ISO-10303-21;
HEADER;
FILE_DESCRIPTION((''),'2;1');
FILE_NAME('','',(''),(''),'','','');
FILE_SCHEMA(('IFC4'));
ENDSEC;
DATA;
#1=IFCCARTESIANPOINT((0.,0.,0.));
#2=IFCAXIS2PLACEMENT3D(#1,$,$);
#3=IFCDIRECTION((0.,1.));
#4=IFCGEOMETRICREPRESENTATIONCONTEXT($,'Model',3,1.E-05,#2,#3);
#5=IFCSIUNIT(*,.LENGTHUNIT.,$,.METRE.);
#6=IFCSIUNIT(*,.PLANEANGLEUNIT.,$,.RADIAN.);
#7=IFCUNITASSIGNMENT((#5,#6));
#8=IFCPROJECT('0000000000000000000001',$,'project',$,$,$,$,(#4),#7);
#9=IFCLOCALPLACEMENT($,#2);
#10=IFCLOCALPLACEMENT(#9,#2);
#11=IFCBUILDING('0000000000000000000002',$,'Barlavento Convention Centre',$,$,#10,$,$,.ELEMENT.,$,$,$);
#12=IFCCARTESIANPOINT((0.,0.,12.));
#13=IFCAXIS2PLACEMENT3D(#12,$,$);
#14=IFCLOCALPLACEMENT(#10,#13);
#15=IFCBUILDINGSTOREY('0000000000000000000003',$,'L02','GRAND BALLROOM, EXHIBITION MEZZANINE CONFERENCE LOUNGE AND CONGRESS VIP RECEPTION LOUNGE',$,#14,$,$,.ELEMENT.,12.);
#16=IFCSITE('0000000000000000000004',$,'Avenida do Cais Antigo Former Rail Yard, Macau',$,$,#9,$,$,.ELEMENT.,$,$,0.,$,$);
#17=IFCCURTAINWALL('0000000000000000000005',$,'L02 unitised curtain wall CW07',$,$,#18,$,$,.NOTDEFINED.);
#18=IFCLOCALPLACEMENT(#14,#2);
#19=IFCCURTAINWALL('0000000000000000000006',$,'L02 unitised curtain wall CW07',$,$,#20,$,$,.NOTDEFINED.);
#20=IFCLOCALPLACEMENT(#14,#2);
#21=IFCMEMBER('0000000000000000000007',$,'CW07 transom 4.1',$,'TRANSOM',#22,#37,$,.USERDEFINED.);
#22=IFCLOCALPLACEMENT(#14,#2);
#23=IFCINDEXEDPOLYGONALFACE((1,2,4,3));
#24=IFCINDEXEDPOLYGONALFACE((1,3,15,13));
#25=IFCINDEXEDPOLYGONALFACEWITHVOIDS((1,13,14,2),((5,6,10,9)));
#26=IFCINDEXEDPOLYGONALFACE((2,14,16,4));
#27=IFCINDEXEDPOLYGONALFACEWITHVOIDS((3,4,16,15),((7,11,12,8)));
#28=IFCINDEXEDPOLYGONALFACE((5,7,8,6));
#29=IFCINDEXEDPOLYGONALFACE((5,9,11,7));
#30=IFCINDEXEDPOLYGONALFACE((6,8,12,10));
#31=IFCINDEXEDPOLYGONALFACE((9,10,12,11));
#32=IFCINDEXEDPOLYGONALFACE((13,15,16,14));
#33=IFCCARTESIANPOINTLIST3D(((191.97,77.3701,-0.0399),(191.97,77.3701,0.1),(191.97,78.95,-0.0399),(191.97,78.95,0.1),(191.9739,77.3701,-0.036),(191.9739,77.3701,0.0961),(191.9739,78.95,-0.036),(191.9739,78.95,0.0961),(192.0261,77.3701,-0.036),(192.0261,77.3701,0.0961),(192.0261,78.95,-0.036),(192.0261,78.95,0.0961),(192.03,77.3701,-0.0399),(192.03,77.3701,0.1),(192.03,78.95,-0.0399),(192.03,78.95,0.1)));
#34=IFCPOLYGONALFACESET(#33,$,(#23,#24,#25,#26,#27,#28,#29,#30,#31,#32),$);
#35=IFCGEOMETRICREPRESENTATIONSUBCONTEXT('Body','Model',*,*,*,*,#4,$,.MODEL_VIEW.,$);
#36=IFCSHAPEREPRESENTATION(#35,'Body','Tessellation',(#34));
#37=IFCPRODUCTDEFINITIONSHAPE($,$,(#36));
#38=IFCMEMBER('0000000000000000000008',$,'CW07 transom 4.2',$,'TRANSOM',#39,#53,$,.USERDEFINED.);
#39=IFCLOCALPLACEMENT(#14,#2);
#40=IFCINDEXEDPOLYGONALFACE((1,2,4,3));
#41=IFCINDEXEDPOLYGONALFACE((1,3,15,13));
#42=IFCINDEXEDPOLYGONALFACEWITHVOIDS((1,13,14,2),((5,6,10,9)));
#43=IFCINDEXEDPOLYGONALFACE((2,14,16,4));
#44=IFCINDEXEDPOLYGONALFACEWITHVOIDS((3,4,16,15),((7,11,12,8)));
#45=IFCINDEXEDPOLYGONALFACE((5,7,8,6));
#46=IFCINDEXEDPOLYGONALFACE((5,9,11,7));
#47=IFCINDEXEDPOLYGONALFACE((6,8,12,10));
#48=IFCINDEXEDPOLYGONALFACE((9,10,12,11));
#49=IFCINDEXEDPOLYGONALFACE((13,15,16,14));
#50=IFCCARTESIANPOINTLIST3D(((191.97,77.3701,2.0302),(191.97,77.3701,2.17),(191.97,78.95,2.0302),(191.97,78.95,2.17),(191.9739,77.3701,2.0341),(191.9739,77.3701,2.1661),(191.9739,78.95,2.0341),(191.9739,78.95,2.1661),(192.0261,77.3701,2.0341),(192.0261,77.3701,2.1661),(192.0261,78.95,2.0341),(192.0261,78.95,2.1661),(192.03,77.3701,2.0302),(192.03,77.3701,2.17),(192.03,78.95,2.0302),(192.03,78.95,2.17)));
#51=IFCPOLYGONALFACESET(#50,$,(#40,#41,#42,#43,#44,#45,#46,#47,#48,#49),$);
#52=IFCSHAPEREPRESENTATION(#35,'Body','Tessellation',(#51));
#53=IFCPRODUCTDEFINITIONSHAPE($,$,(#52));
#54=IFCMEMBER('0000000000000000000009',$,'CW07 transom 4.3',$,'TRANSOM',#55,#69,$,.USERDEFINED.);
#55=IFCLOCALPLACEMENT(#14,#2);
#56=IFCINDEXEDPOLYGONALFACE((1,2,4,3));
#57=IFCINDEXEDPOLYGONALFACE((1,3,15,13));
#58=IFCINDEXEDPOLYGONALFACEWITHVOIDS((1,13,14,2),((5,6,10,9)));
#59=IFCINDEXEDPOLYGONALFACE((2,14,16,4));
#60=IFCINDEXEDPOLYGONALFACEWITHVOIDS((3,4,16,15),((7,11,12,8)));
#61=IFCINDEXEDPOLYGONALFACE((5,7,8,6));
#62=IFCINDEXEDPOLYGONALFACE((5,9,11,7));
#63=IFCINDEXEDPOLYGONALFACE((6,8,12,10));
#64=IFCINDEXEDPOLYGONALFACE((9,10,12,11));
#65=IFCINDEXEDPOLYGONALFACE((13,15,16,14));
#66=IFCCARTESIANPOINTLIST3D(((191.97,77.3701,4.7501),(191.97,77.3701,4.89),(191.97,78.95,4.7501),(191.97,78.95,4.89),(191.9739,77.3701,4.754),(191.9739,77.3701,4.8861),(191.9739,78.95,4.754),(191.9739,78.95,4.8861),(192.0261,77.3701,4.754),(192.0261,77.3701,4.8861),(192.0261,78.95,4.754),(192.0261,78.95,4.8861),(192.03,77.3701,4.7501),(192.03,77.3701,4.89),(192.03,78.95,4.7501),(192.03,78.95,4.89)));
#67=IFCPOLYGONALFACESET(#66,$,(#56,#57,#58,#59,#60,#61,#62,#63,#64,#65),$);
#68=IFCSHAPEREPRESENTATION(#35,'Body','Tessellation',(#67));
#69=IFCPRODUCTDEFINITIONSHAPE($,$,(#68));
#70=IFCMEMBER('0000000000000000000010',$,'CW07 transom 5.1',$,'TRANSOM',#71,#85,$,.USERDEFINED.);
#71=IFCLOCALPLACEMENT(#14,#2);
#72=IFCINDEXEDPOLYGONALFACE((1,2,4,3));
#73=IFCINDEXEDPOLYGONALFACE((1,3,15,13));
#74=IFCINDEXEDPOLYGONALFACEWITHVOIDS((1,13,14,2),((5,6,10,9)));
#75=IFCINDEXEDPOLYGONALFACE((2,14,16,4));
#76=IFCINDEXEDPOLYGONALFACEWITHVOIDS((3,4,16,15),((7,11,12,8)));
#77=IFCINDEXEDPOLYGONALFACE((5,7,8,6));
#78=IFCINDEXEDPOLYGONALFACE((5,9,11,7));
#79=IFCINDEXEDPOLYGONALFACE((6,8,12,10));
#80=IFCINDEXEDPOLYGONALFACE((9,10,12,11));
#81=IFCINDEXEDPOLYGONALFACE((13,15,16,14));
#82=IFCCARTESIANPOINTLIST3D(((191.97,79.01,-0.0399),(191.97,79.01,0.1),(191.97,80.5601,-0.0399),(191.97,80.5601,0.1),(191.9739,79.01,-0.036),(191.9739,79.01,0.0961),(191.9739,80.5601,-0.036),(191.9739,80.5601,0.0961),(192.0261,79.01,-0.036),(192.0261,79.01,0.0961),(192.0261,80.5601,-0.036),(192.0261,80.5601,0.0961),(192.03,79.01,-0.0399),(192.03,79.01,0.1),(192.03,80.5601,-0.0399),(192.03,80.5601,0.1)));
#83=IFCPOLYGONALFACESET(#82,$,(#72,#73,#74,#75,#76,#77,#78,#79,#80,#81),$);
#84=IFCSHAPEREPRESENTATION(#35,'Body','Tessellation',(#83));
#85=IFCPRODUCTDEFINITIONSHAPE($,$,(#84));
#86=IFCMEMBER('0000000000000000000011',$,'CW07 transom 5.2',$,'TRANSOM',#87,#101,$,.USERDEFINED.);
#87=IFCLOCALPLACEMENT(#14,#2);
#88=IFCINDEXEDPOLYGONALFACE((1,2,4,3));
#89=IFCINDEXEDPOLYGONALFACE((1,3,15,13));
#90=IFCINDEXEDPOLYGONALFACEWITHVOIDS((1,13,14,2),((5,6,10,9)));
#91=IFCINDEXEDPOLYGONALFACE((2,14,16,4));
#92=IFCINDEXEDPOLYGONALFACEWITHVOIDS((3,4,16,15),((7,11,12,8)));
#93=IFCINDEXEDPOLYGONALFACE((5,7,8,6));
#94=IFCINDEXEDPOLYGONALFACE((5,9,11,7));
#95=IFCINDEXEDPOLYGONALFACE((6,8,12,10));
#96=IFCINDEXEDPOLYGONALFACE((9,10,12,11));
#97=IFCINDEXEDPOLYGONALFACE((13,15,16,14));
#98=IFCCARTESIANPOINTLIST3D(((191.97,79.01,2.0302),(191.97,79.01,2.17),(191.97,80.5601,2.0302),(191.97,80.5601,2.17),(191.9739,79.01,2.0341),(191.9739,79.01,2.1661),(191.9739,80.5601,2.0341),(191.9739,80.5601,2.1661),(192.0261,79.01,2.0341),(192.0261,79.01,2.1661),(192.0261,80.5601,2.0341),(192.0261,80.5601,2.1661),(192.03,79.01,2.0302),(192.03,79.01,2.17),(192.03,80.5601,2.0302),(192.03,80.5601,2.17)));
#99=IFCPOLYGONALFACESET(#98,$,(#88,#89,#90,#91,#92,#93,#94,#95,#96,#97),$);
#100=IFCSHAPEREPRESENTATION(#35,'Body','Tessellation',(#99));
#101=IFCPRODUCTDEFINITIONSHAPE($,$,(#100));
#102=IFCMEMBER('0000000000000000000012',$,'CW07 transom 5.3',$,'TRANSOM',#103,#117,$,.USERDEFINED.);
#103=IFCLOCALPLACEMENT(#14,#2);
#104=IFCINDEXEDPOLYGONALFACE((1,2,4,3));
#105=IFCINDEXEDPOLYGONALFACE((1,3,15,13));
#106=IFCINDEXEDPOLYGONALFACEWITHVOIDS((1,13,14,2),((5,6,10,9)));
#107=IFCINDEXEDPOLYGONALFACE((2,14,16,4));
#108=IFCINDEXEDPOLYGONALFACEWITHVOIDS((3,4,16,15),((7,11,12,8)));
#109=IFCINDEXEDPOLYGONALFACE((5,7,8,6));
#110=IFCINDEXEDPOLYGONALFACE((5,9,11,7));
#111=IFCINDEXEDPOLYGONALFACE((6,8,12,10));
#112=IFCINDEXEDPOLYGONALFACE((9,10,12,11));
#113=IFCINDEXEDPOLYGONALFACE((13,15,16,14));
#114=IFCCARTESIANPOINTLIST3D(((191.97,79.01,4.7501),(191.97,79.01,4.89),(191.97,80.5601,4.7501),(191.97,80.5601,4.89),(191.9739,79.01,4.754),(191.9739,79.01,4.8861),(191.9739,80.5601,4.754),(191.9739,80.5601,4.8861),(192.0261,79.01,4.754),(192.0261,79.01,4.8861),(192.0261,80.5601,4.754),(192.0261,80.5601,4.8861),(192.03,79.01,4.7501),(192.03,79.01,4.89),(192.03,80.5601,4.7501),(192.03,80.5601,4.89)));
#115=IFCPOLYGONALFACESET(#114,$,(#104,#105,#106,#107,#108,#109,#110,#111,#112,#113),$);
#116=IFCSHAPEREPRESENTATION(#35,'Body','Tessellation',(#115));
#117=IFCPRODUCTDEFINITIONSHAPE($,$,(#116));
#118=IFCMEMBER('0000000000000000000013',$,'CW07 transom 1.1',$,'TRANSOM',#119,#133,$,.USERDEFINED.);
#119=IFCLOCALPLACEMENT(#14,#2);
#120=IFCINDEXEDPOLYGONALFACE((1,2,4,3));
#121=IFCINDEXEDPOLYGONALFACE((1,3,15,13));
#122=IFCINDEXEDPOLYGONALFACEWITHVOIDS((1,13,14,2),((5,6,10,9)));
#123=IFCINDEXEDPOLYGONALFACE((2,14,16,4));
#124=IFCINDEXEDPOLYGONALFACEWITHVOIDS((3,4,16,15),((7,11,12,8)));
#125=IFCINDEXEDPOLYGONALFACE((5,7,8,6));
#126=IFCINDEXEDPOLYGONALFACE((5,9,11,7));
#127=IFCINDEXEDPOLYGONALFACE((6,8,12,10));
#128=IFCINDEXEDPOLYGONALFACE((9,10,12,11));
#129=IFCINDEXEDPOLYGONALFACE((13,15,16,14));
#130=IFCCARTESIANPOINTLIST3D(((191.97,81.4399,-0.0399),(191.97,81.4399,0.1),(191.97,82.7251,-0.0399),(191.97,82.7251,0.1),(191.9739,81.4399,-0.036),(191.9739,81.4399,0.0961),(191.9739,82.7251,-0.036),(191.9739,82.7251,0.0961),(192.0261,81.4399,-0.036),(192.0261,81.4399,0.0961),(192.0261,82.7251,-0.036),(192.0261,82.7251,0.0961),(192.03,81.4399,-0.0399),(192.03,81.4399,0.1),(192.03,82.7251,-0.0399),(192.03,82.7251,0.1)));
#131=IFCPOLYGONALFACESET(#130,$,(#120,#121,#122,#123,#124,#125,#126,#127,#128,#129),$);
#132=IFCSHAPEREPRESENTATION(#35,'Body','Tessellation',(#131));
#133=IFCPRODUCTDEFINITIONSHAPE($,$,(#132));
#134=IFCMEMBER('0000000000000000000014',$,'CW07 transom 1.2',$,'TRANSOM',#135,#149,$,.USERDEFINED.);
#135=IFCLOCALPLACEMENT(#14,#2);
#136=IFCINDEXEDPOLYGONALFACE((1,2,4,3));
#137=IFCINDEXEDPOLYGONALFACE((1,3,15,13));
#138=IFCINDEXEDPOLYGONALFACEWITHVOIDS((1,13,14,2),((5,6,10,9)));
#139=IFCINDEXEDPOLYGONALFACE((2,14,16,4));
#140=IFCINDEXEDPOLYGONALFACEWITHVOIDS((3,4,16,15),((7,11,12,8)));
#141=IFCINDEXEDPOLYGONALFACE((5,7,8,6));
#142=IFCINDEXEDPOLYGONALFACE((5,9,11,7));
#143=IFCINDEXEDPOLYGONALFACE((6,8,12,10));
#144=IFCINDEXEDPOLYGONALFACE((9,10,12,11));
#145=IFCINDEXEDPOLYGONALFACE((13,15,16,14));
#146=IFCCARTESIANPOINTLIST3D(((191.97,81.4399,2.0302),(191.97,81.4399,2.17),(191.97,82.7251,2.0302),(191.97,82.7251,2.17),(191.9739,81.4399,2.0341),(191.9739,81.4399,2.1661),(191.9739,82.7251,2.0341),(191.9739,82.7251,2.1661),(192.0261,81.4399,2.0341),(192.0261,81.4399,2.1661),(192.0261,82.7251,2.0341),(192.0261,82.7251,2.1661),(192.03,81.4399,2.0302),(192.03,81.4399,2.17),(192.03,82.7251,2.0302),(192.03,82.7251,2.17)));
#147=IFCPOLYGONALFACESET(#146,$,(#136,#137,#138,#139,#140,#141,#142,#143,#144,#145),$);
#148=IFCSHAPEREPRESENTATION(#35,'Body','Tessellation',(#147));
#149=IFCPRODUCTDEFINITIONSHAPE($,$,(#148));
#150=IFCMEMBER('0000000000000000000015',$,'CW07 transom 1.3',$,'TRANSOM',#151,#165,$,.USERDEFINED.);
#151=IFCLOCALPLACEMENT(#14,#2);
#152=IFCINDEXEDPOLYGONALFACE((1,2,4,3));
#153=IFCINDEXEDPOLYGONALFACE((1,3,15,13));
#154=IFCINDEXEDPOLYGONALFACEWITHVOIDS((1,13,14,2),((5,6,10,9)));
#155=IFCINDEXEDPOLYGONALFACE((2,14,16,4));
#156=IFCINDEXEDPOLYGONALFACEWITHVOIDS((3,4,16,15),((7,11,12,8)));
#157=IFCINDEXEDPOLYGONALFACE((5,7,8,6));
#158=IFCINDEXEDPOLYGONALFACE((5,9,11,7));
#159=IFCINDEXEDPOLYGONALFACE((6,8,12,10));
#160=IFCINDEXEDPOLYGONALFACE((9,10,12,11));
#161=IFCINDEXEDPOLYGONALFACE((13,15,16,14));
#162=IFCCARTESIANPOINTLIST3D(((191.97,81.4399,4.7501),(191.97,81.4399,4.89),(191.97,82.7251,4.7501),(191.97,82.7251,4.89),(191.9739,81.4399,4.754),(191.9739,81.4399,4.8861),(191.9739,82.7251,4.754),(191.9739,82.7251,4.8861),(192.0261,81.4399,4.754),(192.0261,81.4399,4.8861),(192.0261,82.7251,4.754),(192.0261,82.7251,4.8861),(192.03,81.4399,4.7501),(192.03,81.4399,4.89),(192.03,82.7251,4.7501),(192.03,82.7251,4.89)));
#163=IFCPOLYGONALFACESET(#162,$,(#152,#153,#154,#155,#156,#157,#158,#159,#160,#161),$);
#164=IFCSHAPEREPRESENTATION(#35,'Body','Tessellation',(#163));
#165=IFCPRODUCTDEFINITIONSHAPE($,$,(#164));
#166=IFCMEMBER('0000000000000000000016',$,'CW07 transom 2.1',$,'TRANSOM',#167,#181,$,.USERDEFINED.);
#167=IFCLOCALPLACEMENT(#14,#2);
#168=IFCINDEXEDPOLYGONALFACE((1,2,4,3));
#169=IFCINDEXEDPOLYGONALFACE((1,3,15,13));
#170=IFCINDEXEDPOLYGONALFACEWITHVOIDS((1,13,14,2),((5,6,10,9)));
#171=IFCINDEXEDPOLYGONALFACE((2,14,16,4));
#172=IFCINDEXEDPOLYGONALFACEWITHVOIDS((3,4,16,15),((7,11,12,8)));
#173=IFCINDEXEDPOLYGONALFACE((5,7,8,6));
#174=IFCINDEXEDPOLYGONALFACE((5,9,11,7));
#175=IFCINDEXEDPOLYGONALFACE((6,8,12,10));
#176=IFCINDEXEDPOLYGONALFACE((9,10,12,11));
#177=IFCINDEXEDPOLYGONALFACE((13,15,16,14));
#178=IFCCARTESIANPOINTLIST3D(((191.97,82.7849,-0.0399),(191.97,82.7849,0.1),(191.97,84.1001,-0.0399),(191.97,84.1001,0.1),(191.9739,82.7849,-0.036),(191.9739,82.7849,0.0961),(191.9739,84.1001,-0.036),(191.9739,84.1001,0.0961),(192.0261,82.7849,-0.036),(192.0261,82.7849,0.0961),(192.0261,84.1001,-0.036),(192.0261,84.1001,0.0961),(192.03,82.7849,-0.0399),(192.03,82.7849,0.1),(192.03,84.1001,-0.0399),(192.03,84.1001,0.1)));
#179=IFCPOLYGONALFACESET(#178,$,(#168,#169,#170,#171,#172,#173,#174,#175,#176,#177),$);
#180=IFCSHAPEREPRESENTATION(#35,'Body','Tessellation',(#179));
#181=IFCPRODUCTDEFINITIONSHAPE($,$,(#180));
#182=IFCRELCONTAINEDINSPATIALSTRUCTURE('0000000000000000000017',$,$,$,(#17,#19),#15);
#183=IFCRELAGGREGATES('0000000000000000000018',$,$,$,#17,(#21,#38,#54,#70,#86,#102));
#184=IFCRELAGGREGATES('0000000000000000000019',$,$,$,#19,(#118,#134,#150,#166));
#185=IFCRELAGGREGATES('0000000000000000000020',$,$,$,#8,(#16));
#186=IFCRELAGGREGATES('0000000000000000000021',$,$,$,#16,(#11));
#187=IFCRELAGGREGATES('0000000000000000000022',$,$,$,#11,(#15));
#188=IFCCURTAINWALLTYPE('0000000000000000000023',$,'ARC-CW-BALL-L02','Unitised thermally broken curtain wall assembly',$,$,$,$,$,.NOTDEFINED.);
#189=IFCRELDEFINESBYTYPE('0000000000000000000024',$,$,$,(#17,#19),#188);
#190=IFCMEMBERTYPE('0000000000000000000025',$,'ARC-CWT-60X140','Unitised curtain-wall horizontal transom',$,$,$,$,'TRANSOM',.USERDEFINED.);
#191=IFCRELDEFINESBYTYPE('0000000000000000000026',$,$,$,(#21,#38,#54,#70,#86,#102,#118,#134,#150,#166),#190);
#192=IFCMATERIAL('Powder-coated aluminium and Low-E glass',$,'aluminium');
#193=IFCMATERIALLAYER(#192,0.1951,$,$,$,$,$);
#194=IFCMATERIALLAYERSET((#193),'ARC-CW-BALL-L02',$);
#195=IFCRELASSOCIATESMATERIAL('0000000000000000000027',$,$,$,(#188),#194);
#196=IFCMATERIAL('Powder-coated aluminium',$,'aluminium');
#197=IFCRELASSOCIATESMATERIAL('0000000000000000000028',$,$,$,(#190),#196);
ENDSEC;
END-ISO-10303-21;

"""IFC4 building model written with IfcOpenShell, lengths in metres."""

from ifc_helpers import new_model, si_unit, direction, frame, origin, origin_2d, place, context, subcontext, project, spatial, hollow_rectangle, extrude, material, layer, layer_set, material_profile, profile_set, type_object, element, aggregate, save


model = new_model("IFC4")

# Units and contexts
model_context = context("Model", 3, precision=1e-05, world=origin(), true_north=direction((0.0, 1.0)))
body_context = subcontext(model_context, "Body", "Model", "MODEL_VIEW")
ifc_project = project(units=[si_unit("LENGTHUNIT", "METRE"), si_unit("PLANEANGLEUNIT", "RADIAN")], contexts=[model_context])

# Site, building, storey
site_placement = place(None, origin())
site = spatial("IfcSite", under=ifc_project, at=site_placement, Name="Avenida do Cais Antigo Former Rail Yard, Macau", CompositionType="ELEMENT", RefElevation=0.0)
building_placement = place(site_placement, origin())
building = spatial("IfcBuilding", under=site, at=building_placement, Name="Barlavento Convention Centre", CompositionType="ELEMENT")
storey_placement = place(building_placement, frame((0.0, 0.0, 12.0)))
storey = spatial("IfcBuildingStorey", under=building, at=storey_placement, Name="L02", Description="GRAND BALLROOM, EXHIBITION MEZZANINE CONFERENCE LOUNGE AND CONGRESS VIP RECEPTION LOUNGE", CompositionType="ELEMENT", Elevation=12.0)

# Curtain walls
ifc_material_1 = material(Name="Powder-coated aluminium and Low-E glass", Category="aluminium")
ifc_layer_1 = layer(ifc_material_1, 0.1951)
ifc_layer_set_1 = layer_set([ifc_layer_1], Name="ARC-CW-BALL-L02")
curtain_wall_type = type_object("IfcCurtainWallType", Name="ARC-CW-BALL-L02", Description="Unitised thermally broken curtain wall assembly", PredefinedType="NOTDEFINED", material=ifc_layer_set_1)
curtain_wall_1_placement = place(storey_placement, origin())
curtain_wall_1 = element("IfcCurtainWall", 1, at=curtain_wall_1_placement, inside=storey, type_object=curtain_wall_type, Name="L02 unitised curtain wall CW07", PredefinedType="NOTDEFINED")
ifc_material_2 = material(Name="Powder-coated aluminium", Category="aluminium")
curtain_wall_2_placement = place(storey_placement, origin())
curtain_wall_2 = element("IfcCurtainWall", 2, at=curtain_wall_2_placement, inside=storey, type_object=curtain_wall_type, Name="L02 unitised curtain wall CW07", PredefinedType="NOTDEFINED")

# Members
ifc_material_profile_1 = material_profile(ifc_material_2, hollow_rectangle(XDim=0.0601, YDim=0.1399, WallThickness=0.0039, at=origin_2d()), Name="AL-TRAN 60x140x4")
ifc_profile_set_1 = profile_set([ifc_material_profile_1], Name="Powder-coated aluminium")
member_type_1 = type_object("IfcMemberType", Name="ARC-CWT-60X140", Description="Unitised curtain-wall horizontal transom", ElementType="TRANSOM", PredefinedType="USERDEFINED", material=ifc_profile_set_1)
member_1_placement = place(storey_placement, frame((192.0, 77.3701, 0.03), z_axis=(0.0, 1.0, 0.0), x_axis=(-1.0, 0.0, 0.0)))
member_1 = element("IfcMember", 3, at=member_1_placement, type_object=member_type_1, Name="CW07 transom 4.1", ObjectType="TRANSOM", PredefinedType="USERDEFINED", context=body_context, shape_type="SweptSolid", body=[
    extrude(hollow_rectangle(XDim=0.0601, YDim=0.1399, WallThickness=0.0039, at=origin_2d()), origin(), (0.0, 0.0, 1.0), 1.5798),
])
member_2_placement = place(storey_placement, frame((192.0, 77.3701, 2.1001), z_axis=(0.0, 1.0, 0.0), x_axis=(-1.0, 0.0, 0.0)))
member_2 = element("IfcMember", 4, at=member_2_placement, type_object=member_type_1, Name="CW07 transom 4.2", ObjectType="TRANSOM", PredefinedType="USERDEFINED", context=body_context, shape_type="SweptSolid", body=[
    extrude(hollow_rectangle(XDim=0.0601, YDim=0.1399, WallThickness=0.0039, at=origin_2d()), origin(), (0.0, 0.0, 1.0), 1.5798),
])
member_3_placement = place(storey_placement, frame((192.0, 77.3701, 4.8201), z_axis=(0.0, 1.0, 0.0), x_axis=(-1.0, 0.0, 0.0)))
member_3 = element("IfcMember", 5, at=member_3_placement, type_object=member_type_1, Name="CW07 transom 4.3", ObjectType="TRANSOM", PredefinedType="USERDEFINED", context=body_context, shape_type="SweptSolid", body=[
    extrude(hollow_rectangle(XDim=0.0601, YDim=0.1399, WallThickness=0.0039, at=origin_2d()), origin(), (0.0, 0.0, 1.0), 1.5798),
])
member_4_placement = place(storey_placement, frame((192.0, 79.01, 0.03), z_axis=(0.0, 1.0, 0.0), x_axis=(-1.0, 0.0, 0.0)))
member_4 = element("IfcMember", 6, at=member_4_placement, type_object=member_type_1, Name="CW07 transom 5.1", ObjectType="TRANSOM", PredefinedType="USERDEFINED", context=body_context, shape_type="SweptSolid", body=[
    extrude(hollow_rectangle(XDim=0.0601, YDim=0.1399, WallThickness=0.0039, at=origin_2d()), origin(), (0.0, 0.0, 1.0), 1.55),
])
member_5_placement = place(storey_placement, frame((192.0, 79.01, 2.1001), z_axis=(0.0, 1.0, 0.0), x_axis=(-1.0, 0.0, 0.0)))
member_5 = element("IfcMember", 7, at=member_5_placement, type_object=member_type_1, Name="CW07 transom 5.2", ObjectType="TRANSOM", PredefinedType="USERDEFINED", context=body_context, shape_type="SweptSolid", body=[
    extrude(hollow_rectangle(XDim=0.0601, YDim=0.1399, WallThickness=0.0039, at=origin_2d()), origin(), (0.0, 0.0, 1.0), 1.55),
])
member_6_placement = place(storey_placement, frame((192.0, 79.01, 4.8201), z_axis=(0.0, 1.0, 0.0), x_axis=(-1.0, 0.0, 0.0)))
member_6 = element("IfcMember", 8, at=member_6_placement, type_object=member_type_1, Name="CW07 transom 5.3", ObjectType="TRANSOM", PredefinedType="USERDEFINED", context=body_context, shape_type="SweptSolid", body=[
    extrude(hollow_rectangle(XDim=0.0601, YDim=0.1399, WallThickness=0.0039, at=origin_2d()), origin(), (0.0, 0.0, 1.0), 1.55),
])
member_7_placement = place(storey_placement, frame((192.0, 81.4399, 0.03), z_axis=(0.0, 1.0, 0.0), x_axis=(-1.0, 0.0, 0.0)))
member_7 = element("IfcMember", 9, at=member_7_placement, type_object=member_type_1, Name="CW07 transom 1.1", ObjectType="TRANSOM", PredefinedType="USERDEFINED", context=body_context, shape_type="SweptSolid", body=[
    extrude(hollow_rectangle(XDim=0.0601, YDim=0.1399, WallThickness=0.0039, at=origin_2d()), origin(), (0.0, 0.0, 1.0), 1.2852),
])
member_8_placement = place(storey_placement, frame((192.0, 81.4399, 2.1001), z_axis=(0.0, 1.0, 0.0), x_axis=(-1.0, 0.0, 0.0)))
member_8 = element("IfcMember", 10, at=member_8_placement, type_object=member_type_1, Name="CW07 transom 1.2", ObjectType="TRANSOM", PredefinedType="USERDEFINED", context=body_context, shape_type="SweptSolid", body=[
    extrude(hollow_rectangle(XDim=0.0601, YDim=0.1399, WallThickness=0.0039, at=origin_2d()), origin(), (0.0, 0.0, 1.0), 1.2852),
])
member_9_placement = place(storey_placement, frame((192.0, 81.4399, 4.8201), z_axis=(0.0, 1.0, 0.0), x_axis=(-1.0, 0.0, 0.0)))
member_9 = element("IfcMember", 11, at=member_9_placement, type_object=member_type_1, Name="CW07 transom 1.3", ObjectType="TRANSOM", PredefinedType="USERDEFINED", context=body_context, shape_type="SweptSolid", body=[
    extrude(hollow_rectangle(XDim=0.0601, YDim=0.1399, WallThickness=0.0039, at=origin_2d()), origin(), (0.0, 0.0, 1.0), 1.2852),
])
member_10_placement = place(storey_placement, frame((192.0, 82.7849, 0.03), z_axis=(0.0, 1.0, 0.0), x_axis=(-1.0, 0.0, 0.0)))
member_10 = element("IfcMember", 12, at=member_10_placement, type_object=member_type_1, Name="CW07 transom 2.1", ObjectType="TRANSOM", PredefinedType="USERDEFINED", context=body_context, shape_type="SweptSolid", body=[
    extrude(hollow_rectangle(XDim=0.0601, YDim=0.1399, WallThickness=0.0039, at=origin_2d()), origin(), (0.0, 0.0, 1.0), 1.3152),
])

aggregate(curtain_wall_1, [member_1, member_2, member_3, member_4, member_5, member_6])
aggregate(curtain_wall_2, [member_7, member_8, member_9, member_10])

save(model, "model.ifc")
